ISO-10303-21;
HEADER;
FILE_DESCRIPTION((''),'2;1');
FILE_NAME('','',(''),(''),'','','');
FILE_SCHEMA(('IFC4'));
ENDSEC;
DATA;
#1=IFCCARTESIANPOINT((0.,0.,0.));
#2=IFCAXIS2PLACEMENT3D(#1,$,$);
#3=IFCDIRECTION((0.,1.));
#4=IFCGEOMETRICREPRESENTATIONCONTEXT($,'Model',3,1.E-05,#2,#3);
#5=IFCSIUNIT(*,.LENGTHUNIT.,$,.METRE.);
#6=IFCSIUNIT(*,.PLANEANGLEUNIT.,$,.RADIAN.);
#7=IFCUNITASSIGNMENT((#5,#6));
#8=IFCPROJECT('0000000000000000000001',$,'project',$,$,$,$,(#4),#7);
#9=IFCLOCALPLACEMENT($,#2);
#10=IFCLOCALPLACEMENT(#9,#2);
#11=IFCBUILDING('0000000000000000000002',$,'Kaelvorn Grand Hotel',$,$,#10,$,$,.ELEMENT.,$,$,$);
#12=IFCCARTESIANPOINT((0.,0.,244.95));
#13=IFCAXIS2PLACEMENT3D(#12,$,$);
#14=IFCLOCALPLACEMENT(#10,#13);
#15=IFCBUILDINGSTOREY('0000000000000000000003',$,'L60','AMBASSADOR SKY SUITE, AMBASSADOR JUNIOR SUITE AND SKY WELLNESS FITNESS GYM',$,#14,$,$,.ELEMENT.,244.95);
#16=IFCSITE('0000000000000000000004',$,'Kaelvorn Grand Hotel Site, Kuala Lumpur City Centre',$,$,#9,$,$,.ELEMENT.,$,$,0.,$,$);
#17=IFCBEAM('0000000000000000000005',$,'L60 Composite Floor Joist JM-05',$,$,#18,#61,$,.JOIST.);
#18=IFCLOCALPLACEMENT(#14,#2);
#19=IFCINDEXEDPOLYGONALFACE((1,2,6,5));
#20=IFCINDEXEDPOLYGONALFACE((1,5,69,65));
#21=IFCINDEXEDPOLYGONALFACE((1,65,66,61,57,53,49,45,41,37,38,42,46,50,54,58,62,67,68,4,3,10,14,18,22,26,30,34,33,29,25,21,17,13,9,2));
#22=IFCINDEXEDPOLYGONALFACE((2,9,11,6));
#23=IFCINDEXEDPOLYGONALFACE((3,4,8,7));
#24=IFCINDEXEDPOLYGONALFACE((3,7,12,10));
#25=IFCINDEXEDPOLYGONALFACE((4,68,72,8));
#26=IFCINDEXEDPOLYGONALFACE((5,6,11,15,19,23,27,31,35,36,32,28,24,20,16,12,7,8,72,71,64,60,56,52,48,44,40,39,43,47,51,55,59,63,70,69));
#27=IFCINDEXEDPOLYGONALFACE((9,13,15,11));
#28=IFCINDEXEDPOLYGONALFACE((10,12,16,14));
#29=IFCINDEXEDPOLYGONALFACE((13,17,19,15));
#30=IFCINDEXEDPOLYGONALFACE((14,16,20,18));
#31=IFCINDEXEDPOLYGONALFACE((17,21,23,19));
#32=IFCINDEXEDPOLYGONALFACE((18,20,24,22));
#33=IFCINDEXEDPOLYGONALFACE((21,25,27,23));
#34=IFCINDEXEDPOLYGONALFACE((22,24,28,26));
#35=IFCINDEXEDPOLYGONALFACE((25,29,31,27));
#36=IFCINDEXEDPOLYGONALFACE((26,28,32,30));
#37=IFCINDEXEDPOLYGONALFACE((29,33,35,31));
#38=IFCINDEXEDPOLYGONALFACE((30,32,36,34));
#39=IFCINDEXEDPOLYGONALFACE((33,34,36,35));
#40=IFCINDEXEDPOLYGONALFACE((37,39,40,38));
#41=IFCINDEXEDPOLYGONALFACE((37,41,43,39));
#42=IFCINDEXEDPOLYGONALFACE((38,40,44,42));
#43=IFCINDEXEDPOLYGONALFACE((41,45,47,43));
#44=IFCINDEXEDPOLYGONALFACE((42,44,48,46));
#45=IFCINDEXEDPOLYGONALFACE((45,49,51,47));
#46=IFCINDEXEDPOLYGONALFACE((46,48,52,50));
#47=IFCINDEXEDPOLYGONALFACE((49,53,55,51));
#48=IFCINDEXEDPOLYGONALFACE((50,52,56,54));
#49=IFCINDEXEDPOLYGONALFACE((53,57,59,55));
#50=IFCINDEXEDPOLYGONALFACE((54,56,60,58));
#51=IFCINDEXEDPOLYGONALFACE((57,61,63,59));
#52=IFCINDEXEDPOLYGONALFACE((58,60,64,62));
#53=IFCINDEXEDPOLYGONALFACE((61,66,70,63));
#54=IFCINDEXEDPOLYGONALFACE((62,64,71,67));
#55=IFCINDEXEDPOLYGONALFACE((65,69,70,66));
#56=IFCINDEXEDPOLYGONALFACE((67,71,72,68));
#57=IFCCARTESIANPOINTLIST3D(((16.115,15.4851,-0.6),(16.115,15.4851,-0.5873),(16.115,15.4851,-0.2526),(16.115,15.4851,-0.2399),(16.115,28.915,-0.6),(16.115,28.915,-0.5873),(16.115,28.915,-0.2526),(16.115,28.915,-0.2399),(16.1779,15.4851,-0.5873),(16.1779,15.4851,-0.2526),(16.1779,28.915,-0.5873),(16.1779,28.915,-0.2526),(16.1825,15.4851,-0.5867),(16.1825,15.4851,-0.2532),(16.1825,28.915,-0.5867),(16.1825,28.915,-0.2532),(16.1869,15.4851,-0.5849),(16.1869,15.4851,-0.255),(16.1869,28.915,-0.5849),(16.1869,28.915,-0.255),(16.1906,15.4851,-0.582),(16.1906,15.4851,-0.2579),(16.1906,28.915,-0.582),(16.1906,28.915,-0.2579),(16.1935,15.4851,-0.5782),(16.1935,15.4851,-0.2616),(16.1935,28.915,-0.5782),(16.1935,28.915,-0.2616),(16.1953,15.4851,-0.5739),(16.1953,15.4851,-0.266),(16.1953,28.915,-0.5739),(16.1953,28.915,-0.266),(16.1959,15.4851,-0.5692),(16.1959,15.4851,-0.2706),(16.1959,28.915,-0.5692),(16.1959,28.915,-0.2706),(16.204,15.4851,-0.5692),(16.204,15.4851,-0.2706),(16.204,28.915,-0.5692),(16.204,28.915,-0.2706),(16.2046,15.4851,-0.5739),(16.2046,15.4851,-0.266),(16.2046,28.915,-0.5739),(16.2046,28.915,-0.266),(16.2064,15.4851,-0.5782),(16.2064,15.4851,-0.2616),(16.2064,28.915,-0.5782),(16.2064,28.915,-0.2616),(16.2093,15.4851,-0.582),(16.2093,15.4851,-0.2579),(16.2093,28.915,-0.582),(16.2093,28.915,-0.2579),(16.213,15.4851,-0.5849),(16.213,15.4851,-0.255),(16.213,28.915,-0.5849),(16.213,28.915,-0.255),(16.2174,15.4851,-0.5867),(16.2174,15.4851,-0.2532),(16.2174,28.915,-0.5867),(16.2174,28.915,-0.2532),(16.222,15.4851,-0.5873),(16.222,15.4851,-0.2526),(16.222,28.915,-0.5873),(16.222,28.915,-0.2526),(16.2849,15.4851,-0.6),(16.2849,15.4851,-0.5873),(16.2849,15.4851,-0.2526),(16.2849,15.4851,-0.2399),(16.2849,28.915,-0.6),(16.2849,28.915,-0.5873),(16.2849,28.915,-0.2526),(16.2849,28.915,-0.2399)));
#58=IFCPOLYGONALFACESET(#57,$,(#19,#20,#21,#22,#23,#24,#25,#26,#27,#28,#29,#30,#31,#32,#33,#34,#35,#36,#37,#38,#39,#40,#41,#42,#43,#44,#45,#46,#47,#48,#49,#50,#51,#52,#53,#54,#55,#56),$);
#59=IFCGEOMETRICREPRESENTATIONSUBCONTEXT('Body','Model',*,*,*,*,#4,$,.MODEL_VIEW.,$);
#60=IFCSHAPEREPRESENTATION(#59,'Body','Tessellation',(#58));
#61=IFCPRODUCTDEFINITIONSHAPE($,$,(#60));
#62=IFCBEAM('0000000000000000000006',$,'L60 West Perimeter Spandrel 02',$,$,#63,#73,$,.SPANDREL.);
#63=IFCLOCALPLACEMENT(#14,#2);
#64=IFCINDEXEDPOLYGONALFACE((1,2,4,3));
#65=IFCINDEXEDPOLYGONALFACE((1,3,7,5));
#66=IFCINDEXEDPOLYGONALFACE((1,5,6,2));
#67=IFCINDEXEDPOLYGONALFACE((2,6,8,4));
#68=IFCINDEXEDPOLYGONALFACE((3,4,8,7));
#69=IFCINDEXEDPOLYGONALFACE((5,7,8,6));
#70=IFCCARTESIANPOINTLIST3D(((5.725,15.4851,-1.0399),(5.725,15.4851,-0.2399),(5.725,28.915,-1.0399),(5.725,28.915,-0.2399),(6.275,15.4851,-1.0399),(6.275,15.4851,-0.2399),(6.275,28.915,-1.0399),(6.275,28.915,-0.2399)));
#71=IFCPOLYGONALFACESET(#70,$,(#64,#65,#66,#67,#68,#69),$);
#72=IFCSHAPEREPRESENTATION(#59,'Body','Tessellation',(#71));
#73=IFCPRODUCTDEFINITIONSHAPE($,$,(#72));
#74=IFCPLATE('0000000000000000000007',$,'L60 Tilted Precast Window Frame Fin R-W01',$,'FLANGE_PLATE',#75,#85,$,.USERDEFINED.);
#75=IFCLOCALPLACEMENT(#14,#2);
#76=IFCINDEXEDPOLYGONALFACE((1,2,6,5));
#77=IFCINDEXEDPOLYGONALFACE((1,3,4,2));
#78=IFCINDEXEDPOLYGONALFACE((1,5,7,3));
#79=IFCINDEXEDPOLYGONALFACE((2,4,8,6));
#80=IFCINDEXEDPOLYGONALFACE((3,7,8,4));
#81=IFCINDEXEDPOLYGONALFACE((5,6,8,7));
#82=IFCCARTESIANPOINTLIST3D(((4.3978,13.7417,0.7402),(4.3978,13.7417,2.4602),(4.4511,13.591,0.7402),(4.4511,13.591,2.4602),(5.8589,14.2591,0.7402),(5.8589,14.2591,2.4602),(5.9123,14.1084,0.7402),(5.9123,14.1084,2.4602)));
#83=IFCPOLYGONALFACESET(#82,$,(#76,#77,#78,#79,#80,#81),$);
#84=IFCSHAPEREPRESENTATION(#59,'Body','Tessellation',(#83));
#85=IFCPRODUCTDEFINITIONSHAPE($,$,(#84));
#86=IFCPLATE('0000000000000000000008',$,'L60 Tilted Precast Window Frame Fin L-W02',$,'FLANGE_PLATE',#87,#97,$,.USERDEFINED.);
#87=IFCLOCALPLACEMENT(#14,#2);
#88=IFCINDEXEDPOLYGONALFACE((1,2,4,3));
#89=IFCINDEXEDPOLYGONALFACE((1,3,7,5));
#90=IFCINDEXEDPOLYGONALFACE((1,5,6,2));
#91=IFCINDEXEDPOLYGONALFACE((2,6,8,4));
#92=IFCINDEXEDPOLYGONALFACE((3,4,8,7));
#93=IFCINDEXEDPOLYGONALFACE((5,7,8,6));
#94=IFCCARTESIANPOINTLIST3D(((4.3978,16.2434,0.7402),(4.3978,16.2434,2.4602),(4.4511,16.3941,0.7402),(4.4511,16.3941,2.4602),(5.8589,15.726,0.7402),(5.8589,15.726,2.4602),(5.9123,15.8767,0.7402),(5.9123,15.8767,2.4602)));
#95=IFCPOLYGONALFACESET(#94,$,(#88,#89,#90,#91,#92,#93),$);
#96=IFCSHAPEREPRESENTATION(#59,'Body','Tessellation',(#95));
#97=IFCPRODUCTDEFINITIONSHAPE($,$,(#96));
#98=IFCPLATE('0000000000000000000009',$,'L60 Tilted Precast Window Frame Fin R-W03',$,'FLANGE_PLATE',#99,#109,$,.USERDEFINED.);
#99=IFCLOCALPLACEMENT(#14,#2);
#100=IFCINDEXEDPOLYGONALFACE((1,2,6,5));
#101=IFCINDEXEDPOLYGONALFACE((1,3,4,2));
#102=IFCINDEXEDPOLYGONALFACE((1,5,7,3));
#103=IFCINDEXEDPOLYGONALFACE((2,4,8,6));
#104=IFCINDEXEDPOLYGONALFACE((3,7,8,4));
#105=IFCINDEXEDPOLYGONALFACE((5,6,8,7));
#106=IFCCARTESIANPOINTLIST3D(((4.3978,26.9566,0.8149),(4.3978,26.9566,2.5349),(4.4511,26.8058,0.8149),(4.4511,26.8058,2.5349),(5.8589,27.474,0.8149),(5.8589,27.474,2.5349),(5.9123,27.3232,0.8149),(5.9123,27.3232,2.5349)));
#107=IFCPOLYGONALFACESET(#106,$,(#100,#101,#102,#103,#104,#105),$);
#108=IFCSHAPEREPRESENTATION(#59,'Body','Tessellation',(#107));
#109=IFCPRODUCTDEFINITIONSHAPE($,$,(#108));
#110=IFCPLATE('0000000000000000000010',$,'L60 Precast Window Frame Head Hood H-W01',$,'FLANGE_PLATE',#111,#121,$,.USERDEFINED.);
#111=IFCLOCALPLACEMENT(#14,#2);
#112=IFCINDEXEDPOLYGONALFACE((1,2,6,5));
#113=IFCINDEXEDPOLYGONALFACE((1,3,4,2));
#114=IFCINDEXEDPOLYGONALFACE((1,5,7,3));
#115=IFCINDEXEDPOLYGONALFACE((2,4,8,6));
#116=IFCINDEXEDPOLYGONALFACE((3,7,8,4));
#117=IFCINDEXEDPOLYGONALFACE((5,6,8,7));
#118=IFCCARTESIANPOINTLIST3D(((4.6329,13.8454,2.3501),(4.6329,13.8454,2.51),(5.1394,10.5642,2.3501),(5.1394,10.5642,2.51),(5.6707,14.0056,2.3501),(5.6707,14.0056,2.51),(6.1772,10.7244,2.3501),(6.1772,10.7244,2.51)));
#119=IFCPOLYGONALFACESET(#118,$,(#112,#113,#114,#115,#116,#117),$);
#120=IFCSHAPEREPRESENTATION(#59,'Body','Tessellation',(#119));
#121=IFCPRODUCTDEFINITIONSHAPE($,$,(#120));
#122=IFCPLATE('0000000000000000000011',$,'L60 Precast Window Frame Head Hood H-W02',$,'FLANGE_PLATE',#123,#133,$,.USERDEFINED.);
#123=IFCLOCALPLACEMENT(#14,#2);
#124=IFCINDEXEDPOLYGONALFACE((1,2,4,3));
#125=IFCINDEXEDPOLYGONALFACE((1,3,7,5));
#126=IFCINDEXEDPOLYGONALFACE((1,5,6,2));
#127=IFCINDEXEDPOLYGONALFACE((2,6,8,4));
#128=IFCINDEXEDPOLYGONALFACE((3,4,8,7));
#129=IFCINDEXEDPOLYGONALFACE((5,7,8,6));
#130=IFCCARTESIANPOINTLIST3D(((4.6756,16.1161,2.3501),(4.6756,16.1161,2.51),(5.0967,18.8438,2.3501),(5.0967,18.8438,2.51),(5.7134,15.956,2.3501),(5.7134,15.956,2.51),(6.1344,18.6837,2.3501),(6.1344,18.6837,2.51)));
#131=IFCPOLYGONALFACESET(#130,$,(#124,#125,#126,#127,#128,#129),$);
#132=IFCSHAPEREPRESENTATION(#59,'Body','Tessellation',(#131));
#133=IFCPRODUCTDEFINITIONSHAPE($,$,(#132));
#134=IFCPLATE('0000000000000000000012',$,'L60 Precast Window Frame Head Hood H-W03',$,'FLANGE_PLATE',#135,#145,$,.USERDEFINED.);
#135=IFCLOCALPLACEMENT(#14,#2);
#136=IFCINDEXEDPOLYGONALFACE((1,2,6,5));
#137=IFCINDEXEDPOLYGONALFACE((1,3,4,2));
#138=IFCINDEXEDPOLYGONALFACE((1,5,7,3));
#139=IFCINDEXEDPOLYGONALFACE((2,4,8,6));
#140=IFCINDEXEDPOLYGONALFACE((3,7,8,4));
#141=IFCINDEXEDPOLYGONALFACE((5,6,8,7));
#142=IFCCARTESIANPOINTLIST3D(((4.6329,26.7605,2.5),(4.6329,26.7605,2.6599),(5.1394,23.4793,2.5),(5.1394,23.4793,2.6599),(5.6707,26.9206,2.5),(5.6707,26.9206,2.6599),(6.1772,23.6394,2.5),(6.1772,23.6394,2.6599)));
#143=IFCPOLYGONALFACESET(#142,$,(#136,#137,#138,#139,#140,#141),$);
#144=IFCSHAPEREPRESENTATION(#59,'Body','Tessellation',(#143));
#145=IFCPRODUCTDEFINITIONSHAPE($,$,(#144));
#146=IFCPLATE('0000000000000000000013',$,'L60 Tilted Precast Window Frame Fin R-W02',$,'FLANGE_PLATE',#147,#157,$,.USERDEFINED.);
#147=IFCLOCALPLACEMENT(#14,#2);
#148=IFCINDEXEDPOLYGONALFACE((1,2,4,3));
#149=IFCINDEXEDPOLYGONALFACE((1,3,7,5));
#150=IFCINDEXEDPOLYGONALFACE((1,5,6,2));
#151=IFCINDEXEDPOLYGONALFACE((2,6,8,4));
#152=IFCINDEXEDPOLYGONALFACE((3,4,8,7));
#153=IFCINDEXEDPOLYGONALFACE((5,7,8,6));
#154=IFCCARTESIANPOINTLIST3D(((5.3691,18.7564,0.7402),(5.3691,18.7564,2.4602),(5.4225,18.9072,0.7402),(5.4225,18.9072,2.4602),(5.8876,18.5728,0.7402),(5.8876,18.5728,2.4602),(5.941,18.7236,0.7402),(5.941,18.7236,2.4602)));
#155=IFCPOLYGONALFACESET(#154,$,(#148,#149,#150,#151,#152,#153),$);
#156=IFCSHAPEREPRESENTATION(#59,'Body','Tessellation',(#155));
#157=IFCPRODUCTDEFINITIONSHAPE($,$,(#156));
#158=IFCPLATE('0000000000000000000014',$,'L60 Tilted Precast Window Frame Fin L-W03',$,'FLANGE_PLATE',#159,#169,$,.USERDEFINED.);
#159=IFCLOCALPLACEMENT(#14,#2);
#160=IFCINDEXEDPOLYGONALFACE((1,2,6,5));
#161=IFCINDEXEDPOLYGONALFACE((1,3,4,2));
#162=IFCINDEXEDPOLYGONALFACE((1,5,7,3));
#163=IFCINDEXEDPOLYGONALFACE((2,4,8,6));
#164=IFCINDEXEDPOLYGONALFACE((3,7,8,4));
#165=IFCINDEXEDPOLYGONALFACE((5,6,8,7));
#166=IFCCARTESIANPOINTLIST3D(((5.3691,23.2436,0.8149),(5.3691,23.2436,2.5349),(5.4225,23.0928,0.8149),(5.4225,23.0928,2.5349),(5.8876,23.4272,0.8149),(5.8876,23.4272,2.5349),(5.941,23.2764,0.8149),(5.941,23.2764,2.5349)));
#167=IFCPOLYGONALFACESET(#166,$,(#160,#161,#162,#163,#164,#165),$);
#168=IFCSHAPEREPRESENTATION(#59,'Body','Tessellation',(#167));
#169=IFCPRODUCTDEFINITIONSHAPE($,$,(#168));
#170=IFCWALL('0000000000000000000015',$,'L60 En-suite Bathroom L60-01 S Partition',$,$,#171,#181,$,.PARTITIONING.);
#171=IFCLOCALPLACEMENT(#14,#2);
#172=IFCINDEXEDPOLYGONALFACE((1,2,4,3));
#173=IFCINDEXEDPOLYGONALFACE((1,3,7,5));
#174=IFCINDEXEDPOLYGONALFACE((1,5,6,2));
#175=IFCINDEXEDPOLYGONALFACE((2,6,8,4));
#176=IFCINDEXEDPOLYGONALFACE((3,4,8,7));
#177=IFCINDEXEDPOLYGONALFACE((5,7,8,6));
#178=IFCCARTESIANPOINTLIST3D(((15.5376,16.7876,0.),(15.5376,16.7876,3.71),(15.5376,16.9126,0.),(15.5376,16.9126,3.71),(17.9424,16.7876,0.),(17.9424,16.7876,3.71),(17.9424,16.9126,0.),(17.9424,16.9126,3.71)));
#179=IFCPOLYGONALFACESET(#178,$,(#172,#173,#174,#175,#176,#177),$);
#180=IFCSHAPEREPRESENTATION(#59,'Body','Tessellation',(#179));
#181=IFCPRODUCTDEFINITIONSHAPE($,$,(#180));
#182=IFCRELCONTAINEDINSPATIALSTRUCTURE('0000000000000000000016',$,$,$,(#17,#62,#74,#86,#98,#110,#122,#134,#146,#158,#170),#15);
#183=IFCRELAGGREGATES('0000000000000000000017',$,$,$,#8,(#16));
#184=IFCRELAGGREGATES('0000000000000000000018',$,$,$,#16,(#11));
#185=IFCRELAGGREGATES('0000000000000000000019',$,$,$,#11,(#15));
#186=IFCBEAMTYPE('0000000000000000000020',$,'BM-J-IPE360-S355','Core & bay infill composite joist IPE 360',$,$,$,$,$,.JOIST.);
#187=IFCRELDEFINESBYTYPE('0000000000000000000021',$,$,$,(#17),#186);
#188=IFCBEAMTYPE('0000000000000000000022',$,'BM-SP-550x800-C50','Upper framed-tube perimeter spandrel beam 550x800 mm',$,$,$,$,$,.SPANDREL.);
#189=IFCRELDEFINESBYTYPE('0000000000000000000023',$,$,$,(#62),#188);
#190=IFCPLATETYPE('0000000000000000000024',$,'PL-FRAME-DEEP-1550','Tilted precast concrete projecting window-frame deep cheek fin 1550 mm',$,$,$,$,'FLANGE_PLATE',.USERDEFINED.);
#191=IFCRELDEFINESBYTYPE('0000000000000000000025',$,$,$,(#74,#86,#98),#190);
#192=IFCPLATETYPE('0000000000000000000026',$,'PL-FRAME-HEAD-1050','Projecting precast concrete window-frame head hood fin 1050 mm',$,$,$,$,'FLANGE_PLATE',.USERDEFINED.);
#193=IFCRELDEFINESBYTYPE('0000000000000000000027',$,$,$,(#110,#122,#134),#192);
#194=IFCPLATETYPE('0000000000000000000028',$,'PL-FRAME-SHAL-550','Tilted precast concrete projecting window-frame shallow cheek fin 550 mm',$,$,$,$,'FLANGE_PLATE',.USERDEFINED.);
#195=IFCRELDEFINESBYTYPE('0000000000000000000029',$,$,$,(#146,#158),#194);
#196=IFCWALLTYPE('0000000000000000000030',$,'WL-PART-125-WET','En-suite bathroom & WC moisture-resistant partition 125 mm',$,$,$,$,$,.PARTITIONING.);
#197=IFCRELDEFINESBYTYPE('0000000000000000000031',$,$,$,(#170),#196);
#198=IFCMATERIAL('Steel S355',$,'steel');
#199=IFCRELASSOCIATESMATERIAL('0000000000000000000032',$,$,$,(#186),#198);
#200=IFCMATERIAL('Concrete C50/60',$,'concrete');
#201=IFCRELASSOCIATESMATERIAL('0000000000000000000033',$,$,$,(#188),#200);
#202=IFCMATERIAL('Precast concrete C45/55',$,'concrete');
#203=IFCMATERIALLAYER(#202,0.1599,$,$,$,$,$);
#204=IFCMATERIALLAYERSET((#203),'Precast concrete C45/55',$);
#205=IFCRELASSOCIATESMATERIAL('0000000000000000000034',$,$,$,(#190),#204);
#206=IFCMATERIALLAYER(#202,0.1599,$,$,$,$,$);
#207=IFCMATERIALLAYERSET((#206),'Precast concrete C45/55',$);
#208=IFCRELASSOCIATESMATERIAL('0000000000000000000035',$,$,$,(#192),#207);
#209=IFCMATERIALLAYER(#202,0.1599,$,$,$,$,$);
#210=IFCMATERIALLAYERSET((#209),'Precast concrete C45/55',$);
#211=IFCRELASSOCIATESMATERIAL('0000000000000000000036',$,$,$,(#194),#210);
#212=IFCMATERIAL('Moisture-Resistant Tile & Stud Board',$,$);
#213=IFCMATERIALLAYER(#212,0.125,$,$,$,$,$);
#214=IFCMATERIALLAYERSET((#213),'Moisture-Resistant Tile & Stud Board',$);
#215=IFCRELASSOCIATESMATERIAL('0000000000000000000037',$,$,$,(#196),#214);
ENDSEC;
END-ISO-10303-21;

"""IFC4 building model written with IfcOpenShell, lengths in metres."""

from ifc_helpers import new_model, si_unit, direction, frame, frame_2d, origin, origin_2d, place, context, subcontext, project, spatial, rectangle, i_section, extrude, material, layer, layer_set, material_profile, profile_set, type_object, element, save


model = new_model("IFC4")

# Units and contexts
model_context = context("Model", 3, precision=1e-05, world=origin(), true_north=direction((0.0, 1.0)))
body_context = subcontext(model_context, "Body", "Model", "MODEL_VIEW")
ifc_project = project(units=[si_unit("LENGTHUNIT", "METRE"), si_unit("PLANEANGLEUNIT", "RADIAN")], contexts=[model_context])

# Site, building, storey
site_placement = place(None, origin())
site = spatial("IfcSite", under=ifc_project, at=site_placement, Name="Kaelvorn Grand Hotel Site, Kuala Lumpur City Centre", CompositionType="ELEMENT", RefElevation=0.0)
building_placement = place(site_placement, origin())
building = spatial("IfcBuilding", under=site, at=building_placement, Name="Kaelvorn Grand Hotel", CompositionType="ELEMENT")
storey_placement = place(building_placement, frame((0.0, 0.0, 244.95)))
storey = spatial("IfcBuildingStorey", under=building, at=storey_placement, Name="L60", Description="AMBASSADOR SKY SUITE, AMBASSADOR JUNIOR SUITE AND SKY WELLNESS FITNESS GYM", CompositionType="ELEMENT", Elevation=244.95)

# Shared definitions
ifc_material_1 = material(Name="Concrete C50/60", Category="concrete")

# Beams
ifc_material_2 = material(Name="Steel S355", Category="steel")
ifc_material_profile_1 = material_profile(ifc_material_2, i_section(OverallWidth=0.1699, OverallDepth=0.3601, WebThickness=0.0081, FlangeThickness=0.0127, FilletRadius=0.0181, at=origin_2d()), Name="IPE 360")
ifc_profile_set_1 = profile_set([ifc_material_profile_1], Name="Steel S355")
beam_type_1 = type_object("IfcBeamType", Name="BM-J-IPE360-S355", Description="Core & bay infill composite joist IPE 360", PredefinedType="JOIST", material=ifc_profile_set_1)
beam_1_placement = place(storey_placement, frame((16.2, 15.4851, -0.4199), z_axis=(0.0, 1.0, 0.0), x_axis=(-1.0, 0.0, 0.0)))
element("IfcBeam", 1, at=beam_1_placement, inside=storey, type_object=beam_type_1, Name="L60 Composite Floor Joist JM-05", PredefinedType="JOIST", context=body_context, shape_type="SweptSolid", body=[
    extrude(i_section(OverallWidth=0.1699, OverallDepth=0.3601, WebThickness=0.0081, FlangeThickness=0.0127, FilletRadius=0.0181, at=origin_2d()), origin(), (0.0, 0.0, 1.0), 13.4299),
])
ifc_material_profile_2 = material_profile(ifc_material_1, rectangle(XDim=0.55, YDim=0.8, at=origin_2d()), Name="RC SPANDREL 550x800")
ifc_profile_set_2 = profile_set([ifc_material_profile_2], Name="Concrete C50/60")
beam_type_2 = type_object("IfcBeamType", Name="BM-SP-550x800-C50", Description="Upper framed-tube perimeter spandrel beam 550x800 mm", PredefinedType="SPANDREL", material=ifc_profile_set_2)
beam_2_placement = place(storey_placement, frame((6.0, 15.4851, -0.6399), z_axis=(0.0, 1.0, 0.0), x_axis=(-1.0, 0.0, 0.0)))
element("IfcBeam", 2, at=beam_2_placement, inside=storey, type_object=beam_type_2, Name="L60 West Perimeter Spandrel 02", PredefinedType="SPANDREL", context=body_context, shape_type="SweptSolid", body=[
    extrude(rectangle(XDim=0.55, YDim=0.8, at=origin_2d()), origin(), (0.0, 0.0, 1.0), 13.4299),
])

# Plates
ifc_material_3 = material(Name="Precast concrete C45/55", Category="concrete")
ifc_layer_1 = layer(ifc_material_3, 0.1599)
ifc_layer_set_1 = layer_set([ifc_layer_1], Name="Precast concrete C45/55")
plate_type_1 = type_object("IfcPlateType", Name="PL-FRAME-DEEP-1550", Description="Tilted precast concrete projecting window-frame deep cheek fin 1550 mm", ElementType="FLANGE_PLATE", PredefinedType="USERDEFINED", material=ifc_layer_set_1)
for number, where, z_axis, x_axis, name in (
    (3, (5.155, 13.925, 0.7402), (0.0, 0.0, 1.0), (-0.333807, 0.942641, 0.0), "L60 Tilted Precast Window Frame Fin R-W01"),
    (4, (5.155, 16.0601, 0.7402), (0.0, 0.0, 1.0), (0.333807, 0.942641, 0.0), "L60 Tilted Precast Window Frame Fin L-W02"),
    (5, (5.155, 27.1399, 0.8149), (0.0, 0.0, 1.0), (-0.333807, 0.942641, 0.0), "L60 Tilted Precast Window Frame Fin R-W03"),
):
    element("IfcPlate", number, at=place(storey_placement, frame(where, z_axis=z_axis, x_axis=x_axis)), inside=storey, type_object=plate_type_1, Name=name, ObjectType="FLANGE_PLATE", PredefinedType="USERDEFINED", context=body_context, shape_type="SweptSolid", body=[
        extrude(rectangle(XDim=0.1599, YDim=1.55, at=origin_2d()), origin(), (0.0, 0.0, 1.0), 1.72),
    ])
ifc_layer_2 = layer(ifc_material_3, 0.1599)
ifc_layer_set_2 = layer_set([ifc_layer_2], Name="Precast concrete C45/55")
plate_type_2 = type_object("IfcPlateType", Name="PL-FRAME-HEAD-1050", Description="Projecting precast concrete window-frame head hood fin 1050 mm", ElementType="FLANGE_PLATE", PredefinedType="USERDEFINED", material=ifc_layer_set_2)
plate_1_placement = place(storey_placement, frame((5.405, 12.2849, 2.3501), z_axis=(0.0, 0.0, 1.0), x_axis=(-0.152555, 0.988295, 0.0)))
element("IfcPlate", 6, at=plate_1_placement, inside=storey, type_object=plate_type_2, Name="L60 Precast Window Frame Head Hood H-W01", ObjectType="FLANGE_PLATE", PredefinedType="USERDEFINED", context=body_context, shape_type="SweptSolid", body=[
    extrude(rectangle(XDim=3.3201, YDim=1.05, at=origin_2d()), origin(), (0.0, 0.0, 1.0), 0.1599),
])
plate_2_placement = place(storey_placement, frame((5.405, 17.3999, 2.3501), z_axis=(0.0, 0.0, 1.0), x_axis=(0.152555, 0.988295, 0.0)))
element("IfcPlate", 7, at=plate_2_placement, inside=storey, type_object=plate_type_2, Name="L60 Precast Window Frame Head Hood H-W02", ObjectType="FLANGE_PLATE", PredefinedType="USERDEFINED", context=body_context, shape_type="SweptSolid", body=[
    extrude(rectangle(XDim=2.76, YDim=1.05, at=origin_2d()), origin(), (0.0, 0.0, 1.0), 0.1599),
])
plate_3_placement = place(storey_placement, frame((5.405, 25.2, 2.5), z_axis=(0.0, 0.0, 1.0), x_axis=(-0.152555, 0.988295, 0.0)))
element("IfcPlate", 8, at=plate_3_placement, inside=storey, type_object=plate_type_2, Name="L60 Precast Window Frame Head Hood H-W03", ObjectType="FLANGE_PLATE", PredefinedType="USERDEFINED", context=body_context, shape_type="SweptSolid", body=[
    extrude(rectangle(XDim=3.3201, YDim=1.05, at=origin_2d()), origin(), (0.0, 0.0, 1.0), 0.1599),
])
ifc_layer_3 = layer(ifc_material_3, 0.1599)
ifc_layer_set_3 = layer_set([ifc_layer_3], Name="Precast concrete C45/55")
plate_type_3 = type_object("IfcPlateType", Name="PL-FRAME-SHAL-550", Description="Tilted precast concrete projecting window-frame shallow cheek fin 550 mm", ElementType="FLANGE_PLATE", PredefinedType="USERDEFINED", material=ifc_layer_set_3)
for number, where, z_axis, x_axis, name in (
    (9, (5.655, 18.74, 0.7402), (0.0, 0.0, 1.0), (0.333807, 0.942641, 0.0), "L60 Tilted Precast Window Frame Fin R-W02"),
    (10, (5.655, 23.26, 0.8149), (0.0, 0.0, 1.0), (-0.333807, 0.942641, 0.0), "L60 Tilted Precast Window Frame Fin L-W03"),
):
    element("IfcPlate", number, at=place(storey_placement, frame(where, z_axis=z_axis, x_axis=x_axis)), inside=storey, type_object=plate_type_3, Name=name, ObjectType="FLANGE_PLATE", PredefinedType="USERDEFINED", context=body_context, shape_type="SweptSolid", body=[
        extrude(rectangle(XDim=0.1599, YDim=0.55, at=origin_2d()), origin(), (0.0, 0.0, 1.0), 1.72),
    ])

# Wall
ifc_material_4 = material(Name="Moisture-Resistant Tile & Stud Board")
ifc_layer_4 = layer(ifc_material_4, 0.125)
ifc_layer_set_4 = layer_set([ifc_layer_4], Name="Moisture-Resistant Tile & Stud Board")
wall_type_1 = type_object("IfcWallType", Name="WL-PART-125-WET", Description="En-suite bathroom & WC moisture-resistant partition 125 mm", PredefinedType="PARTITIONING", material=ifc_layer_set_4)
wall_1_placement = place(storey_placement, frame((15.5376, 16.8501, 0.0), z_axis=(0.0, 0.0, 1.0), x_axis=(1.0, 0.0, 0.0)))
element("IfcWall", 11, at=wall_1_placement, inside=storey, type_object=wall_type_1, Name="L60 En-suite Bathroom L60-01 S Partition", PredefinedType="PARTITIONING", context=body_context, shape_type="SweptSolid", body=[
    extrude(rectangle(XDim=2.4048, YDim=0.125, at=frame_2d((1.2024, 0.0))), origin(), (0.0, 0.0, 1.0), 3.71),
])

save(model, "model.ifc")
